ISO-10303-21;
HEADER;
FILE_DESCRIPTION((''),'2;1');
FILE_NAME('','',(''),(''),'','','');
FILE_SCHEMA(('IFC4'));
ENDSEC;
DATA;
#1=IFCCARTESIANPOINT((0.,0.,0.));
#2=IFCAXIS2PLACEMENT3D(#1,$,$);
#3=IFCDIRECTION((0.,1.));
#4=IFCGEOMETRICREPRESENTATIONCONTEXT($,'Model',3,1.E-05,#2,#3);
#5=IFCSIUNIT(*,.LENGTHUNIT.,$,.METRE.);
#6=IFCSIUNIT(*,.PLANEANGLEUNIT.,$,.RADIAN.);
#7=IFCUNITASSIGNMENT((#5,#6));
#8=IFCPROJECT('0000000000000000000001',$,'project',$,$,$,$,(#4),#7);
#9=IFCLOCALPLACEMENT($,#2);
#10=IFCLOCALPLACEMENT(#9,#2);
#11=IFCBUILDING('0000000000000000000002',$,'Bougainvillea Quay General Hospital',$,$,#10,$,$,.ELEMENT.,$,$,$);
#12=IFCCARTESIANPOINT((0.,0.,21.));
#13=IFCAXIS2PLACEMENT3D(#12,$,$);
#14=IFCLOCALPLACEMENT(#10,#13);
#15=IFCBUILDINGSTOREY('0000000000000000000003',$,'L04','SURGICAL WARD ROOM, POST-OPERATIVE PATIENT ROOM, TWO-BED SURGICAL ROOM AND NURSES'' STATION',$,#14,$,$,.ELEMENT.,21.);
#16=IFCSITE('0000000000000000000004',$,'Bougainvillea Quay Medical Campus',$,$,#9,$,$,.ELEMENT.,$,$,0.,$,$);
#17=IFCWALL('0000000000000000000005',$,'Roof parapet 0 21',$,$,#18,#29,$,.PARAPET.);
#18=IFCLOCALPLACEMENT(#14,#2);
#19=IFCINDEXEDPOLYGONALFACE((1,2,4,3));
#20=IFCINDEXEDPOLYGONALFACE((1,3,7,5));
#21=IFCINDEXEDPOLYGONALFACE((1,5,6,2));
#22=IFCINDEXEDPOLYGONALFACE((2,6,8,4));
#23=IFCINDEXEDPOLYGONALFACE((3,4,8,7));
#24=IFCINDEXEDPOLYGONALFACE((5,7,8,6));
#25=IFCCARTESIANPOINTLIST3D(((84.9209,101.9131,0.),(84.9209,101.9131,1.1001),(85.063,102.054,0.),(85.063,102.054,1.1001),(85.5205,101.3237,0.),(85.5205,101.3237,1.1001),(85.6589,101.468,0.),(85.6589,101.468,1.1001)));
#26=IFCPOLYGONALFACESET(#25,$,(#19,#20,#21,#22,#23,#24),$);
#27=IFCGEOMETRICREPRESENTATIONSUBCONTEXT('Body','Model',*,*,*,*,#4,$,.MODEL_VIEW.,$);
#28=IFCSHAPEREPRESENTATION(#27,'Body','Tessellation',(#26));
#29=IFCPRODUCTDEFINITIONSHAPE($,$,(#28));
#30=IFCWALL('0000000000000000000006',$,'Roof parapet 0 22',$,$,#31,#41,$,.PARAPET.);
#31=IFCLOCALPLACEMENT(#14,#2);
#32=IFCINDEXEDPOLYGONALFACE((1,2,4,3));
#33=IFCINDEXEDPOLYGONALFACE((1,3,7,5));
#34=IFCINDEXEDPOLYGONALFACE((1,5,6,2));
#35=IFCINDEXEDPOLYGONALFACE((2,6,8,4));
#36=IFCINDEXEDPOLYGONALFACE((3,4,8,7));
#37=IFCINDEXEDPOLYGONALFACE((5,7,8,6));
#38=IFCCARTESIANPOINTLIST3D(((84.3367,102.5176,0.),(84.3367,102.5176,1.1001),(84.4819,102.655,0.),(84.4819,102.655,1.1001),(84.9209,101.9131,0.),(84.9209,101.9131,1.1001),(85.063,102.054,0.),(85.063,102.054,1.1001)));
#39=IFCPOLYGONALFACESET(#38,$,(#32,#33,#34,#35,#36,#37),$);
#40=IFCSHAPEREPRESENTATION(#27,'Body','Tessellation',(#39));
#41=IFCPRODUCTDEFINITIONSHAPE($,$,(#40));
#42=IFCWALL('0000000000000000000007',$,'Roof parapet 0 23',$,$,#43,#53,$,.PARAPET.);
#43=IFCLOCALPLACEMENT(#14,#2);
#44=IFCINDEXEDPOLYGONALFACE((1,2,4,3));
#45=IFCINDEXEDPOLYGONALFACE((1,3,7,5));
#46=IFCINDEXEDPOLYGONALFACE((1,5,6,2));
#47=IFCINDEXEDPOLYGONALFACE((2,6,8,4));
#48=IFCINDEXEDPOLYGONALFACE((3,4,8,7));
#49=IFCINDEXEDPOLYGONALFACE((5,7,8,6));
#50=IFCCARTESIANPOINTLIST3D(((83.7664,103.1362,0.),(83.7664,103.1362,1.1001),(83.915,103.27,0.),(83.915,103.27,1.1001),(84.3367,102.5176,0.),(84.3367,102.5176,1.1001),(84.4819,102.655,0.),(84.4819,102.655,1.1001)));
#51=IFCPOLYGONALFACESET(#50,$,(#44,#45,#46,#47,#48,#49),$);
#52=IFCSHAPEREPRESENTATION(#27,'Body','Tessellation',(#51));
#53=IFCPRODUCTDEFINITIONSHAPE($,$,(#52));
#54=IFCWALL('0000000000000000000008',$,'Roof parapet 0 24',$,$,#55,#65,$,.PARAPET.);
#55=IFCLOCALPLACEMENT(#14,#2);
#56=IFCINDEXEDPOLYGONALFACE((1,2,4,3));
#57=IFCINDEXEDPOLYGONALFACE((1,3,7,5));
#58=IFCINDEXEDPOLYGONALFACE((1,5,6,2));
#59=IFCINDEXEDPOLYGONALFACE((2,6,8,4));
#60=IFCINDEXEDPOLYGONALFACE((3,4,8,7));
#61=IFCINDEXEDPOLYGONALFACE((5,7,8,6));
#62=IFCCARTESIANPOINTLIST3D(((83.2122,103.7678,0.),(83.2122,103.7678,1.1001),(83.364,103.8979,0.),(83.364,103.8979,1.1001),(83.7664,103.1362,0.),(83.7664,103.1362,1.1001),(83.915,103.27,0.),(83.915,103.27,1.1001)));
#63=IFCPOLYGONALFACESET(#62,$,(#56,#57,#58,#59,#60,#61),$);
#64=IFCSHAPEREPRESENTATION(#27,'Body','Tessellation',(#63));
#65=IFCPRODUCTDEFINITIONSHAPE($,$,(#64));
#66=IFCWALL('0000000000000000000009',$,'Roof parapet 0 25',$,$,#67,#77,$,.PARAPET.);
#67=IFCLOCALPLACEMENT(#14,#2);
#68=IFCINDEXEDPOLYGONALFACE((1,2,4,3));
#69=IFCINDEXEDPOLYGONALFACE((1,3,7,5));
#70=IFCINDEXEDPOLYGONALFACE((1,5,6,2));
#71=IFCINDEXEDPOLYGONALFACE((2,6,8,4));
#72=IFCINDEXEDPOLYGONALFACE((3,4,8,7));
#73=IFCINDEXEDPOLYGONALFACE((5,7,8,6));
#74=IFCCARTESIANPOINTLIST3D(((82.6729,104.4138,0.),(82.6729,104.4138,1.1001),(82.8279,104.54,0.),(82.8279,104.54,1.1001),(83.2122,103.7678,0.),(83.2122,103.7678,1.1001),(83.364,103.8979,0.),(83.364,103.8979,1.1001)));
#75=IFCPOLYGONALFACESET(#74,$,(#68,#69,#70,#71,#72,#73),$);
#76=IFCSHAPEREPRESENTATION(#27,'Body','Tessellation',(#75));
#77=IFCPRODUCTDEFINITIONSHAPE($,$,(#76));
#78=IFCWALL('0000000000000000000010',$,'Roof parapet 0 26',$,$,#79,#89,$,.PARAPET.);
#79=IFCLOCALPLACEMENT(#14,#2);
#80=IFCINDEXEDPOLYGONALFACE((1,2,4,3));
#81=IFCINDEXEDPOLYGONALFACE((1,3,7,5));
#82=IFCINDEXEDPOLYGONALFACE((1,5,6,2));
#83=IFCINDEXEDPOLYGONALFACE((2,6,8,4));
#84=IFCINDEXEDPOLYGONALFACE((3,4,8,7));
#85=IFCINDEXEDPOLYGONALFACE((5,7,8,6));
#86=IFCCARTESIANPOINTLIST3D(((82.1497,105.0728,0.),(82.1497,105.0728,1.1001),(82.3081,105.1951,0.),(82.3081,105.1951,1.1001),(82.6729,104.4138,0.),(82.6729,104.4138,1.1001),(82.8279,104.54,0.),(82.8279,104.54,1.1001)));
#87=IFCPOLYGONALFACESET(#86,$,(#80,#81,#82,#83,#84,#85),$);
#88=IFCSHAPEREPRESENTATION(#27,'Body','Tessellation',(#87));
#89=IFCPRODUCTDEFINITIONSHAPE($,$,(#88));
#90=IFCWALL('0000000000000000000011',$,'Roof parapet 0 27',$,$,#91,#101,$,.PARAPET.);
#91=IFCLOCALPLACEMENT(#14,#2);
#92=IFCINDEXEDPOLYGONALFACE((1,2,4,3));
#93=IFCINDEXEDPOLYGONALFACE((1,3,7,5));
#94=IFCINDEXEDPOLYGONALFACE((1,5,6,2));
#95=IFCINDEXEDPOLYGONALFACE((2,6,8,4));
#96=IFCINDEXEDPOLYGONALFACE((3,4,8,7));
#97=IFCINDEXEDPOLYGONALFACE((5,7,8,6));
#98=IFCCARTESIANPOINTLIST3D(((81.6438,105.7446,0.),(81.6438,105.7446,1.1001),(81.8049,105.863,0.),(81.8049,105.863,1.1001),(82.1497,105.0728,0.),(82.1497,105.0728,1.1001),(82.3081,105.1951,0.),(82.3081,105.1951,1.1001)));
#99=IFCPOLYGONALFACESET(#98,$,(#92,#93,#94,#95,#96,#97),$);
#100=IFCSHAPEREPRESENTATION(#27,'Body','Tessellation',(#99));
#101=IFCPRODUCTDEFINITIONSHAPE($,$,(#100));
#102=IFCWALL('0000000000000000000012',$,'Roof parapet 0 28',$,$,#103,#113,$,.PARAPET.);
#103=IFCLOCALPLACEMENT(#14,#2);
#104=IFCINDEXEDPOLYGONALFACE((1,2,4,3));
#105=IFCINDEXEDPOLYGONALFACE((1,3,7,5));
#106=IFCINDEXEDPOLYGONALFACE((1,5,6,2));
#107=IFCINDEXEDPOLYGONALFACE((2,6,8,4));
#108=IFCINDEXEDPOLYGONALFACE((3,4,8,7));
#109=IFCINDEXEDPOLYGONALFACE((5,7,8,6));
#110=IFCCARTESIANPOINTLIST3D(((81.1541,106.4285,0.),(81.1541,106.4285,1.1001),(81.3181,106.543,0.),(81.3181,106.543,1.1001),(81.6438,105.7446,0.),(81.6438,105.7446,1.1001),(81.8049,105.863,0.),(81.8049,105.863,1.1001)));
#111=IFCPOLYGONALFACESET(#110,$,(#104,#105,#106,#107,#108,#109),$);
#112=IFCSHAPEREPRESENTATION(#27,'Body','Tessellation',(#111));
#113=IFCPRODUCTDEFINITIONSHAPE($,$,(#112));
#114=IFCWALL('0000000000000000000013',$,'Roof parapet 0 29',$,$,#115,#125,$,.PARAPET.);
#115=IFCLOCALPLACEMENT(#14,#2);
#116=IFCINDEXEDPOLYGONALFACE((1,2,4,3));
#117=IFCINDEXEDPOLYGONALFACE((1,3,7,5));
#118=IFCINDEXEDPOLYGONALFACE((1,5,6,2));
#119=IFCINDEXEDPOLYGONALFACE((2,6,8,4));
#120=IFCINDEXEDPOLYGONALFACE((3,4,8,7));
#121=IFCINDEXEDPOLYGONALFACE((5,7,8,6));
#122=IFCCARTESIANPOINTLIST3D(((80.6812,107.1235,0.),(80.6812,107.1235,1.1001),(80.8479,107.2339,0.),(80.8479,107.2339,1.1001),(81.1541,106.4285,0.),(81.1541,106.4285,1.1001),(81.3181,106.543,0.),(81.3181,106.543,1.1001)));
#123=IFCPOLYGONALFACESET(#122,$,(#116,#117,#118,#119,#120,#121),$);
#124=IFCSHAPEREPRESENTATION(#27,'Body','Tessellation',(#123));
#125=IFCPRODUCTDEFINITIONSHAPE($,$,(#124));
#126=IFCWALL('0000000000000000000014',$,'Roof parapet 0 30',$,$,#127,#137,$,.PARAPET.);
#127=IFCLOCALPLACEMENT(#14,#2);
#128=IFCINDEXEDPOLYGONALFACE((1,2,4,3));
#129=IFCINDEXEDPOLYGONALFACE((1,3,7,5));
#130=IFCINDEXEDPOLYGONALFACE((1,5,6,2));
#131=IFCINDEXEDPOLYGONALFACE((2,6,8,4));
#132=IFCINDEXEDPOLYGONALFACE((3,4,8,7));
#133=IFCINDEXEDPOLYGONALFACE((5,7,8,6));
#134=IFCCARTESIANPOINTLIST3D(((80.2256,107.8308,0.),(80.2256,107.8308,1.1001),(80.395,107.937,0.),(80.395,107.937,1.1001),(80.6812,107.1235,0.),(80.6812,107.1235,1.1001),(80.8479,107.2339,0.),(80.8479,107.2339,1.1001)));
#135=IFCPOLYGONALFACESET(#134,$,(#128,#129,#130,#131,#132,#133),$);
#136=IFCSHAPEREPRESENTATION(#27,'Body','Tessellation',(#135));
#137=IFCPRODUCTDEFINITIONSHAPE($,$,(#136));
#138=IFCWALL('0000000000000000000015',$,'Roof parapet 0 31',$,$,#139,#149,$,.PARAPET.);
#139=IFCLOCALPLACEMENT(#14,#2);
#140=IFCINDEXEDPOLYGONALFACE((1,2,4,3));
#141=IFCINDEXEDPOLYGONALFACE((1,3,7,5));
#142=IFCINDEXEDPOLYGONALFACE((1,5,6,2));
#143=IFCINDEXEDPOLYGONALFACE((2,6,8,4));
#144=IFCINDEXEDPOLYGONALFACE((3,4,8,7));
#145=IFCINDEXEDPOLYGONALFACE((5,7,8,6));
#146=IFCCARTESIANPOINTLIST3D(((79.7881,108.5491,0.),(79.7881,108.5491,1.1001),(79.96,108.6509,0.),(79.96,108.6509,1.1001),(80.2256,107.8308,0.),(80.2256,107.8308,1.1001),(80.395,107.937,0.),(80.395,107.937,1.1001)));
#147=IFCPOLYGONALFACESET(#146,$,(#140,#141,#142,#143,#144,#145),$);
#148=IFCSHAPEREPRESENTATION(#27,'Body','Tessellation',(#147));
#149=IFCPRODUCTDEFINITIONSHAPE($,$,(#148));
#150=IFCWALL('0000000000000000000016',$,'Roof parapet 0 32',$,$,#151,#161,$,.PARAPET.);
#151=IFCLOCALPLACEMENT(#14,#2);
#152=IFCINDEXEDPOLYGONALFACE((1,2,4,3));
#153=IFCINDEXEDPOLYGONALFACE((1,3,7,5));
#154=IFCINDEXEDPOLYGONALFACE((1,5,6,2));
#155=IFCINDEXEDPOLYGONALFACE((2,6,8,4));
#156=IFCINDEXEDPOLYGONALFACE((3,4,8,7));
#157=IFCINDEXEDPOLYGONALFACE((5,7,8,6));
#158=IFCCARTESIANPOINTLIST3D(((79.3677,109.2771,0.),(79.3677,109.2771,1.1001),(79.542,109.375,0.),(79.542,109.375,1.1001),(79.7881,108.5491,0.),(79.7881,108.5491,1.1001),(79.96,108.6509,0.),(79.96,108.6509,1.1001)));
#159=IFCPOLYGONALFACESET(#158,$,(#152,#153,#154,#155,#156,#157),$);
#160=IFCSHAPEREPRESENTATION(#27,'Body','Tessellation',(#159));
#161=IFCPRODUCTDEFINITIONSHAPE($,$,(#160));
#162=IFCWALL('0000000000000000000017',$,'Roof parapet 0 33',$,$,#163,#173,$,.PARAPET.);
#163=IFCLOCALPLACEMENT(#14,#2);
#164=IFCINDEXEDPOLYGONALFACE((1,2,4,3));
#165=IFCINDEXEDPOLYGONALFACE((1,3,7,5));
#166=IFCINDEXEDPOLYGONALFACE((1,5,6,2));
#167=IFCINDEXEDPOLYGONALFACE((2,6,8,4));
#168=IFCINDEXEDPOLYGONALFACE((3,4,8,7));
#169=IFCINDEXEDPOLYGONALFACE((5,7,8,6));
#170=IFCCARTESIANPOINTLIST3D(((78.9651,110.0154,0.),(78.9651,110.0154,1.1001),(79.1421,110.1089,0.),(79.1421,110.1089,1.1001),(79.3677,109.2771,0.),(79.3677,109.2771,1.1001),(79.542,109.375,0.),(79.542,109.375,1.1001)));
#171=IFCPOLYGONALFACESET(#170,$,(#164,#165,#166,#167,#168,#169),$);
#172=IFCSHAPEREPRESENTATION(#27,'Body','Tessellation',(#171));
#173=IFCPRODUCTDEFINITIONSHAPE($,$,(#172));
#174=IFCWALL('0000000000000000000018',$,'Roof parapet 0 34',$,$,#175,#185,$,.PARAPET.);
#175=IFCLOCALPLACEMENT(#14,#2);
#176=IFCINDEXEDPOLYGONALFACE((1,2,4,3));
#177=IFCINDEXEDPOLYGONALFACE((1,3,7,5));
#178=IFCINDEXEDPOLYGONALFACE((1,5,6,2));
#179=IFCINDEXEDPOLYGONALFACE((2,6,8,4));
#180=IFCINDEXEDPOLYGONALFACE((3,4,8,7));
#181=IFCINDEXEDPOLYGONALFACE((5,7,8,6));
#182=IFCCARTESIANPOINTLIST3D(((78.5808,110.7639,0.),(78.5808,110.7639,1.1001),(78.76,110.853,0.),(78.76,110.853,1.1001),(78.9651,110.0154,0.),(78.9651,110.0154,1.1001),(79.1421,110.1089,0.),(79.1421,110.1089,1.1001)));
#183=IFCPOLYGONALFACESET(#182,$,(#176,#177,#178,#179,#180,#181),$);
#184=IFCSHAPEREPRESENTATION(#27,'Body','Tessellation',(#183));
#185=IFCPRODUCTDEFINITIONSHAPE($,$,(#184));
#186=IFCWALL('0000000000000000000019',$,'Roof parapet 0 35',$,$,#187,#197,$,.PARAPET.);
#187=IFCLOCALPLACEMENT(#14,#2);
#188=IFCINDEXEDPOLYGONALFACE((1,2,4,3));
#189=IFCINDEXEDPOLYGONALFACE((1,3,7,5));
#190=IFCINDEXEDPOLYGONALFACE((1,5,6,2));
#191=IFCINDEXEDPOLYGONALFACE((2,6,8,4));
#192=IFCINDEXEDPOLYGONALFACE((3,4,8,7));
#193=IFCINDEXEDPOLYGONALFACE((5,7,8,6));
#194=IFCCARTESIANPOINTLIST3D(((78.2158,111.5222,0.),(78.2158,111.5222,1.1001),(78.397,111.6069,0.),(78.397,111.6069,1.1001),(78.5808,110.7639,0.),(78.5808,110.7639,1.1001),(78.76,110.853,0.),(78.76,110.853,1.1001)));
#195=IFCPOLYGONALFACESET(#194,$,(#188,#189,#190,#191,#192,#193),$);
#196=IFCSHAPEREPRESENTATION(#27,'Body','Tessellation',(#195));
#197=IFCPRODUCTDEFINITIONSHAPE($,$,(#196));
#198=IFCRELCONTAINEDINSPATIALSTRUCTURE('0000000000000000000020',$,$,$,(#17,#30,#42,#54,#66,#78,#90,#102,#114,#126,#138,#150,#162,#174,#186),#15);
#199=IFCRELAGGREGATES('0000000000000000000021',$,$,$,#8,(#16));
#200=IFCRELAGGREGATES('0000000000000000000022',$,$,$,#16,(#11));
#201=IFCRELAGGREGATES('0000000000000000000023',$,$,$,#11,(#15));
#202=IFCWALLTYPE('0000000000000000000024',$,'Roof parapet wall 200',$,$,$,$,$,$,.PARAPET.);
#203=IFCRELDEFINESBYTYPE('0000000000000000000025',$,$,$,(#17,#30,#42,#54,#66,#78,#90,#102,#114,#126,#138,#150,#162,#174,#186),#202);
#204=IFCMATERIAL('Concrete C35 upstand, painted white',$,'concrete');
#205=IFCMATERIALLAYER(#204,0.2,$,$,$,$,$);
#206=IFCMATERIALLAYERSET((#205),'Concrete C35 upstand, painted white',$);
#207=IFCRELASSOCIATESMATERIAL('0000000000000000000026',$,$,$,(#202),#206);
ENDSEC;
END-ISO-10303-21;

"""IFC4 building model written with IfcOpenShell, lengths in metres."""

from ifc_helpers import new_model, si_unit, direction, frame, origin, place, context, subcontext, project, spatial, polyline, outline, extrude, material, layer, layer_set, type_object, element, save


model = new_model("IFC4")

# Units and contexts
model_context = context("Model", 3, precision=1e-05, world=origin(), true_north=direction((0.0, 1.0)))
body_context = subcontext(model_context, "Body", "Model", "MODEL_VIEW")
ifc_project = project(units=[si_unit("LENGTHUNIT", "METRE"), si_unit("PLANEANGLEUNIT", "RADIAN")], contexts=[model_context])

# Site, building, storey
site_placement = place(None, origin())
site = spatial("IfcSite", under=ifc_project, at=site_placement, Name="Bougainvillea Quay Medical Campus", CompositionType="ELEMENT", RefElevation=0.0)
building_placement = place(site_placement, origin())
building = spatial("IfcBuilding", under=site, at=building_placement, Name="Bougainvillea Quay General Hospital", CompositionType="ELEMENT")
storey_placement = place(building_placement, frame((0.0, 0.0, 21.0)))
storey = spatial("IfcBuildingStorey", under=building, at=storey_placement, Name="L04", Description="SURGICAL WARD ROOM, POST-OPERATIVE PATIENT ROOM, TWO-BED SURGICAL ROOM AND NURSES' STATION", CompositionType="ELEMENT", Elevation=21.0)

# Walls
ifc_material = material(Name="Concrete C35 upstand, painted white", Category="concrete")
ifc_layer = layer(ifc_material, 0.2)
ifc_layer_set = layer_set([ifc_layer], Name="Concrete C35 upstand, painted white")
wall_type = type_object("IfcWallType", Name="Roof parapet wall 200", PredefinedType="PARAPET", material=ifc_layer_set)
wall_1_placement = place(storey_placement, origin())
element("IfcWall", 1, at=wall_1_placement, inside=storey, type_object=wall_type, Name="Roof parapet 0 21", PredefinedType="PARAPET", context=body_context, shape_type="SweptSolid", body=[
    extrude(outline(polyline([(84.9209, 101.9131), (85.063, 102.054), (85.6589, 101.468), (85.5205, 101.3237), (84.9209, 101.9131)])), origin(), (0.0, 0.0, 1.0), 1.1001),
])
wall_2_placement = place(storey_placement, origin())
element("IfcWall", 2, at=wall_2_placement, inside=storey, type_object=wall_type, Name="Roof parapet 0 22", PredefinedType="PARAPET", context=body_context, shape_type="SweptSolid", body=[
    extrude(outline(polyline([(84.3367, 102.5176), (84.4819, 102.655), (85.063, 102.054), (84.9209, 101.9131), (84.3367, 102.5176)])), origin(), (0.0, 0.0, 1.0), 1.1001),
])
wall_3_placement = place(storey_placement, origin())
element("IfcWall", 3, at=wall_3_placement, inside=storey, type_object=wall_type, Name="Roof parapet 0 23", PredefinedType="PARAPET", context=body_context, shape_type="SweptSolid", body=[
    extrude(outline(polyline([(83.7664, 103.1362), (83.915, 103.27), (84.4819, 102.655), (84.3367, 102.5176), (83.7664, 103.1362)])), origin(), (0.0, 0.0, 1.0), 1.1001),
])
wall_4_placement = place(storey_placement, origin())
element("IfcWall", 4, at=wall_4_placement, inside=storey, type_object=wall_type, Name="Roof parapet 0 24", PredefinedType="PARAPET", context=body_context, shape_type="SweptSolid", body=[
    extrude(outline(polyline([(83.2122, 103.7678), (83.364, 103.8979), (83.915, 103.27), (83.7664, 103.1362), (83.2122, 103.7678)])), origin(), (0.0, 0.0, 1.0), 1.1001),
])
wall_5_placement = place(storey_placement, origin())
element("IfcWall", 5, at=wall_5_placement, inside=storey, type_object=wall_type, Name="Roof parapet 0 25", PredefinedType="PARAPET", context=body_context, shape_type="SweptSolid", body=[
    extrude(outline(polyline([(82.6729, 104.4138), (82.8279, 104.54), (83.364, 103.8979), (83.2122, 103.7678), (82.6729, 104.4138)])), origin(), (0.0, 0.0, 1.0), 1.1001),
])
wall_6_placement = place(storey_placement, origin())
element("IfcWall", 6, at=wall_6_placement, inside=storey, type_object=wall_type, Name="Roof parapet 0 26", PredefinedType="PARAPET", context=body_context, shape_type="SweptSolid", body=[
    extrude(outline(polyline([(82.1497, 105.0728), (82.3081, 105.1951), (82.8279, 104.54), (82.6729, 104.4138), (82.1497, 105.0728)])), origin(), (0.0, 0.0, 1.0), 1.1001),
])
wall_7_placement = place(storey_placement, origin())
element("IfcWall", 7, at=wall_7_placement, inside=storey, type_object=wall_type, Name="Roof parapet 0 27", PredefinedType="PARAPET", context=body_context, shape_type="SweptSolid", body=[
    extrude(outline(polyline([(81.6438, 105.7446), (81.8049, 105.863), (82.3081, 105.1951), (82.1497, 105.0728), (81.6438, 105.7446)])), origin(), (0.0, 0.0, 1.0), 1.1001),
])
wall_8_placement = place(storey_placement, origin())
element("IfcWall", 8, at=wall_8_placement, inside=storey, type_object=wall_type, Name="Roof parapet 0 28", PredefinedType="PARAPET", context=body_context, shape_type="SweptSolid", body=[
    extrude(outline(polyline([(81.1541, 106.4285), (81.3181, 106.543), (81.8049, 105.863), (81.6438, 105.7446), (81.1541, 106.4285)])), origin(), (0.0, 0.0, 1.0), 1.1001),
])
wall_9_placement = place(storey_placement, origin())
element("IfcWall", 9, at=wall_9_placement, inside=storey, type_object=wall_type, Name="Roof parapet 0 29", PredefinedType="PARAPET", context=body_context, shape_type="SweptSolid", body=[
    extrude(outline(polyline([(80.6812, 107.1235), (80.8479, 107.2339), (81.3181, 106.543), (81.1541, 106.4285), (80.6812, 107.1235)])), origin(), (0.0, 0.0, 1.0), 1.1001),
])
wall_10_placement = place(storey_placement, origin())
element("IfcWall", 10, at=wall_10_placement, inside=storey, type_object=wall_type, Name="Roof parapet 0 30", PredefinedType="PARAPET", context=body_context, shape_type="SweptSolid", body=[
    extrude(outline(polyline([(80.2256, 107.8308), (80.395, 107.937), (80.8479, 107.2339), (80.6812, 107.1235), (80.2256, 107.8308)])), origin(), (0.0, 0.0, 1.0), 1.1001),
])
wall_11_placement = place(storey_placement, origin())
element("IfcWall", 11, at=wall_11_placement, inside=storey, type_object=wall_type, Name="Roof parapet 0 31", PredefinedType="PARAPET", context=body_context, shape_type="SweptSolid", body=[
    extrude(outline(polyline([(79.7881, 108.5491), (79.96, 108.6509), (80.395, 107.937), (80.2256, 107.8308), (79.7881, 108.5491)])), origin(), (0.0, 0.0, 1.0), 1.1001),
])
wall_12_placement = place(storey_placement, origin())
element("IfcWall", 12, at=wall_12_placement, inside=storey, type_object=wall_type, Name="Roof parapet 0 32", PredefinedType="PARAPET", context=body_context, shape_type="SweptSolid", body=[
    extrude(outline(polyline([(79.3677, 109.2771), (79.542, 109.375), (79.96, 108.6509), (79.7881, 108.5491), (79.3677, 109.2771)])), origin(), (0.0, 0.0, 1.0), 1.1001),
])
wall_13_placement = place(storey_placement, origin())
element("IfcWall", 13, at=wall_13_placement, inside=storey, type_object=wall_type, Name="Roof parapet 0 33", PredefinedType="PARAPET", context=body_context, shape_type="SweptSolid", body=[
    extrude(outline(polyline([(78.9651, 110.0154), (79.1421, 110.1089), (79.542, 109.375), (79.3677, 109.2771), (78.9651, 110.0154)])), origin(), (0.0, 0.0, 1.0), 1.1001),
])
wall_14_placement = place(storey_placement, origin())
element("IfcWall", 14, at=wall_14_placement, inside=storey, type_object=wall_type, Name="Roof parapet 0 34", PredefinedType="PARAPET", context=body_context, shape_type="SweptSolid", body=[
    extrude(outline(polyline([(78.5808, 110.7639), (78.76, 110.853), (79.1421, 110.1089), (78.9651, 110.0154), (78.5808, 110.7639)])), origin(), (0.0, 0.0, 1.0), 1.1001),
])
wall_15_placement = place(storey_placement, origin())
element("IfcWall", 15, at=wall_15_placement, inside=storey, type_object=wall_type, Name="Roof parapet 0 35", PredefinedType="PARAPET", context=body_context, shape_type="SweptSolid", body=[
    extrude(outline(polyline([(78.2158, 111.5222), (78.397, 111.6069), (78.76, 110.853), (78.5808, 110.7639), (78.2158, 111.5222)])), origin(), (0.0, 0.0, 1.0), 1.1001),
])

save(model, "model.ifc")
